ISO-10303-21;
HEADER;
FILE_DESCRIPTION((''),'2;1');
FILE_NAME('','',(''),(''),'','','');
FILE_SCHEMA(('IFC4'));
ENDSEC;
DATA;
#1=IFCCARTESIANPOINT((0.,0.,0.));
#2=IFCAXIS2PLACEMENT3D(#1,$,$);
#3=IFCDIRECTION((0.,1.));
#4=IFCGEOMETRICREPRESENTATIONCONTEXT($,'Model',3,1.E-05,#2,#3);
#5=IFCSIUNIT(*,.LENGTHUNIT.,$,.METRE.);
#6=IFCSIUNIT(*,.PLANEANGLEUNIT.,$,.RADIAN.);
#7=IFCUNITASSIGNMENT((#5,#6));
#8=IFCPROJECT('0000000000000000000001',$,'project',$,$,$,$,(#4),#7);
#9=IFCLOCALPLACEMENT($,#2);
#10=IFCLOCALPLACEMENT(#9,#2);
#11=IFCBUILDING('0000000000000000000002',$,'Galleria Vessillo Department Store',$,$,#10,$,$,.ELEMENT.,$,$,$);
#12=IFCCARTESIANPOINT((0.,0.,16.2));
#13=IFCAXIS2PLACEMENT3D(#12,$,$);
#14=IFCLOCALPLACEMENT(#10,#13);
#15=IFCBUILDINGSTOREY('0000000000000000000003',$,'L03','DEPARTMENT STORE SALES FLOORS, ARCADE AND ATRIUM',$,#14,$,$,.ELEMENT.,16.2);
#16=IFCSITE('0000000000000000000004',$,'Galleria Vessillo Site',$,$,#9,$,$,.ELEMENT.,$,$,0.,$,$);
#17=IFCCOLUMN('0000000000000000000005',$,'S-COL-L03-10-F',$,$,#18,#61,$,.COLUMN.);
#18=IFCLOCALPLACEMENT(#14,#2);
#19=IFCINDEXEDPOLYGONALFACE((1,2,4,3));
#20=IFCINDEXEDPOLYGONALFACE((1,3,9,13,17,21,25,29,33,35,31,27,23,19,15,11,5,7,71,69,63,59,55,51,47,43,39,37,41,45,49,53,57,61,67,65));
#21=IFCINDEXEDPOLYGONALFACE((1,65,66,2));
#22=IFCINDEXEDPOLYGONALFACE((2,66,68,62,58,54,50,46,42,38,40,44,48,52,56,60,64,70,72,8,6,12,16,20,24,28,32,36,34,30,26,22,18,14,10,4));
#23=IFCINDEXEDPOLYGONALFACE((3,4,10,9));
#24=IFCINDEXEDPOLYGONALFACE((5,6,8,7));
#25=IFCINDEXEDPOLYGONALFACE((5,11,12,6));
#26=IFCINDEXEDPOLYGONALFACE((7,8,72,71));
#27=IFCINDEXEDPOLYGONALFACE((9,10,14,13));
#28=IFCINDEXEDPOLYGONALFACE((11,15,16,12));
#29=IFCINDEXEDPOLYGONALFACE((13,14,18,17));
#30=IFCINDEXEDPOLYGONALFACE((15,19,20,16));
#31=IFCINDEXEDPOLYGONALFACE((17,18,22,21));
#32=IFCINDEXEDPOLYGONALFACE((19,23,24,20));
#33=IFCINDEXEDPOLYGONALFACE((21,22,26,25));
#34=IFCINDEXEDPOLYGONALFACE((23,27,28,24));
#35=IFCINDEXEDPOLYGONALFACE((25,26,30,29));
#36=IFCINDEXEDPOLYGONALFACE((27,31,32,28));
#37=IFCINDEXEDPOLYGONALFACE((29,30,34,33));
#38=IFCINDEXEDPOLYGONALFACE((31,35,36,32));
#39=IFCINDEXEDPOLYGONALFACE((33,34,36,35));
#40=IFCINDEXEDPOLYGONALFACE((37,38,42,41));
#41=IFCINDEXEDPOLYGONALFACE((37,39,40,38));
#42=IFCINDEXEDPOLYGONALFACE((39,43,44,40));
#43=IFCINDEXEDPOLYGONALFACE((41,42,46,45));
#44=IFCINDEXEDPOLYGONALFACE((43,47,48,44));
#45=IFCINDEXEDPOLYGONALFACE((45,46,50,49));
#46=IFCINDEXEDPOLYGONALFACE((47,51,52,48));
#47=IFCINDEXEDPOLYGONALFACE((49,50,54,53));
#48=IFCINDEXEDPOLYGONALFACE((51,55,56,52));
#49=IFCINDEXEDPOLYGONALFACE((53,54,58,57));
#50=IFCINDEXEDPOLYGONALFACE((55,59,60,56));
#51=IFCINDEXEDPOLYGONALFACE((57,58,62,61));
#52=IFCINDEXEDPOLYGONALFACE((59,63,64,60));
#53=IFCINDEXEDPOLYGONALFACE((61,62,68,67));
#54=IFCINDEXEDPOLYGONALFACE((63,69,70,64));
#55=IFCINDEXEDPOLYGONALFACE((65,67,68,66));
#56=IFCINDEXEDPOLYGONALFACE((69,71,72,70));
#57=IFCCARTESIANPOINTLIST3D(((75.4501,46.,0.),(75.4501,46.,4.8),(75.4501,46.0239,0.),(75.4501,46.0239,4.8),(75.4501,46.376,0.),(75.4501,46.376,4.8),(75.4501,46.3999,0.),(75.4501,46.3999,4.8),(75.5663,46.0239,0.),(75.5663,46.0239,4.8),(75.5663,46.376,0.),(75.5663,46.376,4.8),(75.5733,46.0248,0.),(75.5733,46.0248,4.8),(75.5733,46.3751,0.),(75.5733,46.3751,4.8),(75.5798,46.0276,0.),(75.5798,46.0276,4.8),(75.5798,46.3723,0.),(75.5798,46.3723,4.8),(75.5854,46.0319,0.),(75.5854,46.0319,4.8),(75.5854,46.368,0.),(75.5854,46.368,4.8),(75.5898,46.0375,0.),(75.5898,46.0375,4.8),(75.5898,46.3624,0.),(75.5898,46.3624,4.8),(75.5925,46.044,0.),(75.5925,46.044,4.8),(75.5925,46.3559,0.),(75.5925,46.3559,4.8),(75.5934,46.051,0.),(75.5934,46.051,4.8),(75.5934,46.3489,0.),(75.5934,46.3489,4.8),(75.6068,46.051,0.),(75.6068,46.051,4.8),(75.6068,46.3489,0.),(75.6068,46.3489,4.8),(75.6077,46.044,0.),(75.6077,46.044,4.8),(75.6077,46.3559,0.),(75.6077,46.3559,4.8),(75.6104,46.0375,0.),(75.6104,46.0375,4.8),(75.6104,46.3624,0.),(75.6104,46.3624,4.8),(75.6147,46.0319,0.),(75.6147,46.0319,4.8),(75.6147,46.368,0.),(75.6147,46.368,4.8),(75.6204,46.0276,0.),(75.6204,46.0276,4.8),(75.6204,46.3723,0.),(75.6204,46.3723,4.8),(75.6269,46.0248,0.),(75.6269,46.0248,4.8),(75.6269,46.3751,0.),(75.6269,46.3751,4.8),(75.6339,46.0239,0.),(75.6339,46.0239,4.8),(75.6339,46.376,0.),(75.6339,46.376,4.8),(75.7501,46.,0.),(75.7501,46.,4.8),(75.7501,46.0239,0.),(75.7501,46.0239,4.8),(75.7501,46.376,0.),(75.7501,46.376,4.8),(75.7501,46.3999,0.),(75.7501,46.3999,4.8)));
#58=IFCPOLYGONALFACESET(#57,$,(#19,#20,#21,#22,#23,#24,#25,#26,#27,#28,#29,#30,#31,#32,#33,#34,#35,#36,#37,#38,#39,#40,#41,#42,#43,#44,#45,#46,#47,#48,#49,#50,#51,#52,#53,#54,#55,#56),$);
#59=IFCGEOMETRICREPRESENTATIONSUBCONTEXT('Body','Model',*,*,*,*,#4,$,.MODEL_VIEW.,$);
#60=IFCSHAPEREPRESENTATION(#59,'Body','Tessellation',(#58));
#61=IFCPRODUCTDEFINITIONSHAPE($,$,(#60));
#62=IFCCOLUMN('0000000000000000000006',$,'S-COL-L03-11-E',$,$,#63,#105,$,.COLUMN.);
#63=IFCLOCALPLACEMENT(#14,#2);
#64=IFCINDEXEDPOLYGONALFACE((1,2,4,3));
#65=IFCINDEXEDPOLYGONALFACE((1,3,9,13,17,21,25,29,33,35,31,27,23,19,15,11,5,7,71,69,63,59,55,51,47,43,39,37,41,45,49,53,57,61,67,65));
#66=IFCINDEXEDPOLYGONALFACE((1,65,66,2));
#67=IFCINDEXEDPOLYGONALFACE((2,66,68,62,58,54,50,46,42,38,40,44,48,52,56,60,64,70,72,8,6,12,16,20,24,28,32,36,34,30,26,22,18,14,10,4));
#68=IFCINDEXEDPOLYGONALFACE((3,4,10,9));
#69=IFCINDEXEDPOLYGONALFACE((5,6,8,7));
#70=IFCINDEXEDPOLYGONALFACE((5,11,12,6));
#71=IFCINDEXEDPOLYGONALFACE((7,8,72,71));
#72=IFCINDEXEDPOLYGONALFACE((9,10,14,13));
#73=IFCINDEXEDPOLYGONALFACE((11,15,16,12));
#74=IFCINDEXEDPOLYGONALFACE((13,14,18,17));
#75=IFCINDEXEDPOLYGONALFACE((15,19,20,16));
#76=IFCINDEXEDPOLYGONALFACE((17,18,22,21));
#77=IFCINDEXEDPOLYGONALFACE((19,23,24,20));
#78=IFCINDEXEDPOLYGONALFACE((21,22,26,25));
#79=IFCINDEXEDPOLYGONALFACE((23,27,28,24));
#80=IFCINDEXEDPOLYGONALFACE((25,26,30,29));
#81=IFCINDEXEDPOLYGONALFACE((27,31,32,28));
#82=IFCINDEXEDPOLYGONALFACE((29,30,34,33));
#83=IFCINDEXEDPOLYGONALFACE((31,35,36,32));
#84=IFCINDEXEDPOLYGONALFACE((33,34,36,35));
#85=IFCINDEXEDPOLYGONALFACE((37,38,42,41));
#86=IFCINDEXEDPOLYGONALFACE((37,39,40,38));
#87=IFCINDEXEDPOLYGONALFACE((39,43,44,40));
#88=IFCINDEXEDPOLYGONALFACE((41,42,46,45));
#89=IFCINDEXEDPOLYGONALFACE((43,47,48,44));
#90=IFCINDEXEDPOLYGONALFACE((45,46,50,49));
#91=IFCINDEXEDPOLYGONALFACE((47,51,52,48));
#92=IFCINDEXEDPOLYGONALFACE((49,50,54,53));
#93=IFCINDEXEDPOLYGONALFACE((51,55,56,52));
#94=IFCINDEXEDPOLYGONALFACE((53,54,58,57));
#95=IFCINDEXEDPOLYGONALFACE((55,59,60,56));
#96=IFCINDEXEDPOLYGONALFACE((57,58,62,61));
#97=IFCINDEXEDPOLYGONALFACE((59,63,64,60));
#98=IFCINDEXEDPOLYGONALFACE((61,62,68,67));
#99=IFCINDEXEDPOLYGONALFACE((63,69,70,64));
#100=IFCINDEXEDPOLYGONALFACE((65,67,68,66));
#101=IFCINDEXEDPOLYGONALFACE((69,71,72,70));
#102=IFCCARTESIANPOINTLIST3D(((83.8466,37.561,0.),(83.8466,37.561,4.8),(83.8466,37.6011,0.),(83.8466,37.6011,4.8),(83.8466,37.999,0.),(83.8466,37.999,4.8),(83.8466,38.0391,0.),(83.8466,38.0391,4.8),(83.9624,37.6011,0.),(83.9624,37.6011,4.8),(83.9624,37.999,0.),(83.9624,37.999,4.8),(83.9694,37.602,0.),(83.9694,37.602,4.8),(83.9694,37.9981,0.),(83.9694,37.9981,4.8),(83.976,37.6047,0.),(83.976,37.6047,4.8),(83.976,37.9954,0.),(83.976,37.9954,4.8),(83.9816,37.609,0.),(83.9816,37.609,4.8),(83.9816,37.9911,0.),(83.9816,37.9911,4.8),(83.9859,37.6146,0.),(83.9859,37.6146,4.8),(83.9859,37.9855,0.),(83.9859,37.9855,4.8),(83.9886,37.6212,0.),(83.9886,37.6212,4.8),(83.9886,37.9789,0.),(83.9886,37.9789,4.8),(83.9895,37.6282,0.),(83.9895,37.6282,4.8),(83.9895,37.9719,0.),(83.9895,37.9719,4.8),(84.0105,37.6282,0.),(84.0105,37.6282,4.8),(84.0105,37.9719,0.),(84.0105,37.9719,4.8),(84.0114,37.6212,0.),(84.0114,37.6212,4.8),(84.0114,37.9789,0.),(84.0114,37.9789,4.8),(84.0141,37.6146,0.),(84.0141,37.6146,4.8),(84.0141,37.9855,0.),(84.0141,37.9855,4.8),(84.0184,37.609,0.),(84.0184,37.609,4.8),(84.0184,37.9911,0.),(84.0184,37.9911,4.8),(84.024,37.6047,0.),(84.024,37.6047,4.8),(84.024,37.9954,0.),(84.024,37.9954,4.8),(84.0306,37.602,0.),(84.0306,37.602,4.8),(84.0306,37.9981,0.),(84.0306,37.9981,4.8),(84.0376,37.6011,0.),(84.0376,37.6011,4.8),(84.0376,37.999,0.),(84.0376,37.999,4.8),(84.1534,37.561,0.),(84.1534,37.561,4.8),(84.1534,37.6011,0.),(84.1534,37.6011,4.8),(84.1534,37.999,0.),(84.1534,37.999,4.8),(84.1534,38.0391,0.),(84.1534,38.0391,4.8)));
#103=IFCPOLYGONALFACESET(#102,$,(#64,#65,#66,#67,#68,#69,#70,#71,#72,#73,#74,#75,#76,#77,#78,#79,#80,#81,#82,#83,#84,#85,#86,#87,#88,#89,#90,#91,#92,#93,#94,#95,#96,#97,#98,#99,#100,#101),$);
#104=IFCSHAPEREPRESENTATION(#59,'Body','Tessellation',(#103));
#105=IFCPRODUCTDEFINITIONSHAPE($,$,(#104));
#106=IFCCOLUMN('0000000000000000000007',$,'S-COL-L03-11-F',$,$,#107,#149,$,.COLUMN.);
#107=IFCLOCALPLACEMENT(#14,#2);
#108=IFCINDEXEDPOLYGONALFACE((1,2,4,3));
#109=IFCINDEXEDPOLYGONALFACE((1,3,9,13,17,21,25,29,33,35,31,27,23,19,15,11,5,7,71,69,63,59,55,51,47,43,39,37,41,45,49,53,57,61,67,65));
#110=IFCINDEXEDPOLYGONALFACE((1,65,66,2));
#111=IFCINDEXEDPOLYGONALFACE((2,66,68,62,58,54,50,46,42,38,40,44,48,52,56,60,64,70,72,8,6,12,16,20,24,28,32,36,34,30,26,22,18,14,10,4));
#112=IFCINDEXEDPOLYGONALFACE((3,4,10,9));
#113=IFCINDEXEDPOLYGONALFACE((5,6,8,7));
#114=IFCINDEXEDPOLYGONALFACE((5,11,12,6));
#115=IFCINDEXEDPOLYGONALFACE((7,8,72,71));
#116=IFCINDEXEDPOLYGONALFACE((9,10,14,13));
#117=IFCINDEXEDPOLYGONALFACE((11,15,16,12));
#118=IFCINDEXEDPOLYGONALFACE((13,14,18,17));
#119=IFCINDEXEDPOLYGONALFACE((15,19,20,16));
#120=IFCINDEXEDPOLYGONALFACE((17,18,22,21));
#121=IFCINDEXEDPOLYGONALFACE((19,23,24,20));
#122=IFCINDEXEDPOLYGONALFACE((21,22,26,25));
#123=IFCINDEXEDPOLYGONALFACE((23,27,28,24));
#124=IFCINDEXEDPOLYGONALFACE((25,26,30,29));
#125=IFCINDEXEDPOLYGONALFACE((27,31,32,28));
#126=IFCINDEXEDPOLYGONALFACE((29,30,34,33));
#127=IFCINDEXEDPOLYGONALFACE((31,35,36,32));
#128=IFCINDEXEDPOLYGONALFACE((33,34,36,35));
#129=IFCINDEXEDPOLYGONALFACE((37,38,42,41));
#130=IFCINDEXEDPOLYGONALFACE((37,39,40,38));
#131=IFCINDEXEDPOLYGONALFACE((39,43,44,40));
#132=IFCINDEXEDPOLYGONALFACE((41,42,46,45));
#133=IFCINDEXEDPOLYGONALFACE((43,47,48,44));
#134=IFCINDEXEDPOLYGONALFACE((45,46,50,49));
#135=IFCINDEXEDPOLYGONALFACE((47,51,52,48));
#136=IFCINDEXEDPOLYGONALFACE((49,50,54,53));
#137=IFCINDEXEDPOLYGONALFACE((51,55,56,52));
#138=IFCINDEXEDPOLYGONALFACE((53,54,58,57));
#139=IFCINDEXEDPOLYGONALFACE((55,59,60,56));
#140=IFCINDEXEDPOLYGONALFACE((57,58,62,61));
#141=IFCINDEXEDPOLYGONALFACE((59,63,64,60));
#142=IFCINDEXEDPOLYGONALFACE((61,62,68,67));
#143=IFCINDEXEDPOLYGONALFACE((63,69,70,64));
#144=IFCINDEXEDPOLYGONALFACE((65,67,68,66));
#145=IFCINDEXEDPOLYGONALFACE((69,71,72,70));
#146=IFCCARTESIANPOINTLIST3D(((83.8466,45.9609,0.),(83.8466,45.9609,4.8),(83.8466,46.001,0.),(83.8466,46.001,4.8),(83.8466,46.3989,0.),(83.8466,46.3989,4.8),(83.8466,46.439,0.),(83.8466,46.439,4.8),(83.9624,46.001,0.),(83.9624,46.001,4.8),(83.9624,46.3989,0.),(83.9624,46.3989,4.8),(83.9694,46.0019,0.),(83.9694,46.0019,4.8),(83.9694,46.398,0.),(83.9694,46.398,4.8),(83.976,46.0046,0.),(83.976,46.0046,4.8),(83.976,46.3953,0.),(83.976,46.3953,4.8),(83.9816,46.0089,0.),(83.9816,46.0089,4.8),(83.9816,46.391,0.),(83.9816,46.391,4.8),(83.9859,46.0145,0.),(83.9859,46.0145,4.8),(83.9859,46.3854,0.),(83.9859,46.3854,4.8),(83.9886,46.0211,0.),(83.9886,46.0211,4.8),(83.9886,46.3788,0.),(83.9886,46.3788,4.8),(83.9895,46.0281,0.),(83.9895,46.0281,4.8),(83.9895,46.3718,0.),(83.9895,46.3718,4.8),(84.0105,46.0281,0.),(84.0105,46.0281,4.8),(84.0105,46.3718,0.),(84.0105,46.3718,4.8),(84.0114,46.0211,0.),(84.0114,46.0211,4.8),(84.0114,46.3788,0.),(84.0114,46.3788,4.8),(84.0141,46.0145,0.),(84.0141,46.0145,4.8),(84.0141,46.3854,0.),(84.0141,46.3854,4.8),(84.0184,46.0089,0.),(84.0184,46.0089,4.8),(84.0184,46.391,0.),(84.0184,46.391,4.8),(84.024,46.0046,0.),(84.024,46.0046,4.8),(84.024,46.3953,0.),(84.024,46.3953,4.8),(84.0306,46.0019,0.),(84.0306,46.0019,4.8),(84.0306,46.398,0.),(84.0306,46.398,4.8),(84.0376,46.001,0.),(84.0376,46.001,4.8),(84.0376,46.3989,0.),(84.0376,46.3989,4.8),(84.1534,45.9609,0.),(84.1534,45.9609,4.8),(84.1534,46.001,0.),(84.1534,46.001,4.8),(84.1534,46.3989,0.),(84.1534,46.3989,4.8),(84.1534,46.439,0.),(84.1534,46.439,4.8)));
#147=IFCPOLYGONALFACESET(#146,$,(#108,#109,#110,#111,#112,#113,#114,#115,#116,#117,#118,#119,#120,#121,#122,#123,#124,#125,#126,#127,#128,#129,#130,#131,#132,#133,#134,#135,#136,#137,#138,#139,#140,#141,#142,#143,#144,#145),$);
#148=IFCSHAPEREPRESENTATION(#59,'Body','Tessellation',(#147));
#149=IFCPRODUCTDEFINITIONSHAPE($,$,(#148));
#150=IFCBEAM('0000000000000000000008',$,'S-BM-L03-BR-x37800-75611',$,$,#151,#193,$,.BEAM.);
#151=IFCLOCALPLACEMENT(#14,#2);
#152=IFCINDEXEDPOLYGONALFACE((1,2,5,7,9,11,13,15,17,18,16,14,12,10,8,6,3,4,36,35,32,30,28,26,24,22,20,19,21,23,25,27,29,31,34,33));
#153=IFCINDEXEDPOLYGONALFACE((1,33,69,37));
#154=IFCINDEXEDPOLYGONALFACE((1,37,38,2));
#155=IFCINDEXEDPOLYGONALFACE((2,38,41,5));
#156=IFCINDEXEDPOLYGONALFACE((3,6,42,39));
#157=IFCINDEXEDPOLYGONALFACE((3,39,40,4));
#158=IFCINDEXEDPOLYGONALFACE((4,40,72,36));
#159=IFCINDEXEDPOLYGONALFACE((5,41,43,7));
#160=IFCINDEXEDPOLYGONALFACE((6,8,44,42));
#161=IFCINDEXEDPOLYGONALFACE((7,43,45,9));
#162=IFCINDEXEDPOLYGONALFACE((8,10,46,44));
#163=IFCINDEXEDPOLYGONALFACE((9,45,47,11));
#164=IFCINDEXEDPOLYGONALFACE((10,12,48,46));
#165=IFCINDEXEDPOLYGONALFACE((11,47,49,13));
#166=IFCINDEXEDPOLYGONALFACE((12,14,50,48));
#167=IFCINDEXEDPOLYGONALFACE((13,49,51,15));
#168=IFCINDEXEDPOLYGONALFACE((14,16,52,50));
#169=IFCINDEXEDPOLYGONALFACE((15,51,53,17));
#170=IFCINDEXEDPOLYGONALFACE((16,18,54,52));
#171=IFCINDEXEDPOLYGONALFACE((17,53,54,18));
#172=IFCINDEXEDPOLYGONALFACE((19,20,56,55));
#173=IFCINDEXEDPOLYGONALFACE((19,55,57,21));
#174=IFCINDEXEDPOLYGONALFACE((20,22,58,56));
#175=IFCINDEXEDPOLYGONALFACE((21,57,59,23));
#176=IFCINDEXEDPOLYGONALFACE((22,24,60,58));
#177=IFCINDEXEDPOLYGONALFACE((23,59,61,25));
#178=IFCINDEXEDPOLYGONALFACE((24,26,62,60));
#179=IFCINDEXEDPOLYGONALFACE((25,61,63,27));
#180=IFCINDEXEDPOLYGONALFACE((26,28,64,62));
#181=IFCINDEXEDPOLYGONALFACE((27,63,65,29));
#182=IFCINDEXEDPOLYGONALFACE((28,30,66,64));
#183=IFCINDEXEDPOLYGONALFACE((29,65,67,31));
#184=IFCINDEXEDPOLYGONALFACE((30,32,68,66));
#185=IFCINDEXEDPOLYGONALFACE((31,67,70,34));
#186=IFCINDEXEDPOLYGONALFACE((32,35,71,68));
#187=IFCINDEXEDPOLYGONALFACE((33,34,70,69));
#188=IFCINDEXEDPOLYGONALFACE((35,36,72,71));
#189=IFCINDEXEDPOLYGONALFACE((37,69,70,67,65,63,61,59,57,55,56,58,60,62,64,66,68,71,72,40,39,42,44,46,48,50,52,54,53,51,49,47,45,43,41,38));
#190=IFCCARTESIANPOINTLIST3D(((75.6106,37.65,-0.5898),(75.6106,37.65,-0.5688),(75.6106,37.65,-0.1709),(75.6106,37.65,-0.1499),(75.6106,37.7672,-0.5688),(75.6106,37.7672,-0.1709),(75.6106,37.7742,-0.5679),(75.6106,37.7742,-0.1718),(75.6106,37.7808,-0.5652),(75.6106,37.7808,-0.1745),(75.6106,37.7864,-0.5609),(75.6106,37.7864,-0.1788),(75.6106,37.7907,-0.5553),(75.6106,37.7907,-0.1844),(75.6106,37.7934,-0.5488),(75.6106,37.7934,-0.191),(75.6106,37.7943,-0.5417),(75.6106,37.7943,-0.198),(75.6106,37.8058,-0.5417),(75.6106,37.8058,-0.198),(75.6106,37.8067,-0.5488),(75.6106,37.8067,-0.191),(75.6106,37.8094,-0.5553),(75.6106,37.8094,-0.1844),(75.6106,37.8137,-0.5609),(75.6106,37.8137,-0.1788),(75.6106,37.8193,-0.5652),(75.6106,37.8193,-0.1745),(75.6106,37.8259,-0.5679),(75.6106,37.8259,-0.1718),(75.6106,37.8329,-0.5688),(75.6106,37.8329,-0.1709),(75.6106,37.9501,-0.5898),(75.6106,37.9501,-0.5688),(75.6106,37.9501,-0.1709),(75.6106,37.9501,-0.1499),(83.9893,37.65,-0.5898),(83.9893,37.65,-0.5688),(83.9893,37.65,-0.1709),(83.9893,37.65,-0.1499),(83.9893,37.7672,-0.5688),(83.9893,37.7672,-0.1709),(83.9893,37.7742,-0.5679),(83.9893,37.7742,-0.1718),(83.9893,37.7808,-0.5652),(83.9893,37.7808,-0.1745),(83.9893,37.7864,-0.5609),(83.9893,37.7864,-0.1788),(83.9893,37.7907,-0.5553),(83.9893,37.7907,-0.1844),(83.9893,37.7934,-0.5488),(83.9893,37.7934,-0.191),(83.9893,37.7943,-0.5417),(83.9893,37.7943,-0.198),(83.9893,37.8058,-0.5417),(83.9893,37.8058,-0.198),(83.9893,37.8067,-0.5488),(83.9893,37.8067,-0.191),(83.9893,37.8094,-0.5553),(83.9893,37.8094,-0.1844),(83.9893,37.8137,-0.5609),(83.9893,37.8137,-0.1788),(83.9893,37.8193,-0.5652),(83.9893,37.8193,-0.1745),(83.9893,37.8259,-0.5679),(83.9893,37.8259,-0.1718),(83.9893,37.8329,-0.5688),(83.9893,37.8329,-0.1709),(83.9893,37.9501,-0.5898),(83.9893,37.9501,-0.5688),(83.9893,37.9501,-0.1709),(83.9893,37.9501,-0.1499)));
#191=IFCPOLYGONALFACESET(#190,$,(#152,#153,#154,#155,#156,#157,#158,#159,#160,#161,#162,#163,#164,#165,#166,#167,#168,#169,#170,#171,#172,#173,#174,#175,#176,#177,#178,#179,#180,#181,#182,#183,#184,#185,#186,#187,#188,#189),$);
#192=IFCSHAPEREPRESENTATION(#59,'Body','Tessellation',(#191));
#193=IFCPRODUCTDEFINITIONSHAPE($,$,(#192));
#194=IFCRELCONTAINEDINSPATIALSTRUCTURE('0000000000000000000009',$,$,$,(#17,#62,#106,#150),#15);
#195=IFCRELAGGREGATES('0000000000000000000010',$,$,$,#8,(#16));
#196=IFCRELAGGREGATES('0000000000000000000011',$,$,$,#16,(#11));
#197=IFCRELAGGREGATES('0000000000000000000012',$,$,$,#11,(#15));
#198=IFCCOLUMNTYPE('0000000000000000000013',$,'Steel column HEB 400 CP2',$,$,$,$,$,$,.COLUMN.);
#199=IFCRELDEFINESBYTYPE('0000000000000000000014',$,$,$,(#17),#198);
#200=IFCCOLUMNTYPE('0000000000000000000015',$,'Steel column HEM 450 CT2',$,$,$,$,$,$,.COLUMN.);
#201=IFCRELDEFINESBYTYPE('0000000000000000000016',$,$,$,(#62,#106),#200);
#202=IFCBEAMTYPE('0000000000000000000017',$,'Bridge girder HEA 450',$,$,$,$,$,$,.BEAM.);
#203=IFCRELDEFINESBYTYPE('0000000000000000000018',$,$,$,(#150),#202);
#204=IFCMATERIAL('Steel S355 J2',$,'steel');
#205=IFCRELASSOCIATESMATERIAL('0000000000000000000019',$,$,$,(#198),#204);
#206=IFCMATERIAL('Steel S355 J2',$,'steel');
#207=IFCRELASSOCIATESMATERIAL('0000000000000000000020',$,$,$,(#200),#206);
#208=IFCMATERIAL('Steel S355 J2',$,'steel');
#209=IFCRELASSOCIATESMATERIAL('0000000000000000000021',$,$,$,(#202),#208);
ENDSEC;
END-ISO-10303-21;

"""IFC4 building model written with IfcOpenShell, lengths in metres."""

from ifc_helpers import new_model, si_unit, direction, frame, origin, origin_2d, place, context, subcontext, project, spatial, i_section, extrude, material, material_profile, profile_set, type_object, element, save


model = new_model("IFC4")

# Units and contexts
model_context = context("Model", 3, precision=1e-05, world=origin(), true_north=direction((0.0, 1.0)))
body_context = subcontext(model_context, "Body", "Model", "MODEL_VIEW")
ifc_project = project(units=[si_unit("LENGTHUNIT", "METRE"), si_unit("PLANEANGLEUNIT", "RADIAN")], contexts=[model_context])

# Site, building, storey
site_placement = place(None, origin())
site = spatial("IfcSite", under=ifc_project, at=site_placement, Name="Galleria Vessillo Site", CompositionType="ELEMENT", RefElevation=0.0)
building_placement = place(site_placement, origin())
building = spatial("IfcBuilding", under=site, at=building_placement, Name="Galleria Vessillo Department Store", CompositionType="ELEMENT")
storey_placement = place(building_placement, frame((0.0, 0.0, 16.2)))
storey = spatial("IfcBuildingStorey", under=building, at=storey_placement, Name="L03", Description="DEPARTMENT STORE SALES FLOORS, ARCADE AND ATRIUM", CompositionType="ELEMENT", Elevation=16.2)

# Columns
ifc_material_1 = material(Name="Steel S355 J2", Category="steel")
ifc_material_profile_1 = material_profile(ifc_material_1, i_section(OverallWidth=0.3, OverallDepth=0.3999, WebThickness=0.0134, FlangeThickness=0.0239, FilletRadius=0.0271, at=origin_2d()), Name="HEB 400")
ifc_profile_set_1 = profile_set([ifc_material_profile_1], Name="Steel S355 J2")
column_type_1 = type_object("IfcColumnType", Name="Steel column HEB 400 CP2", PredefinedType="COLUMN", material=ifc_profile_set_1)
column_placement = place(storey_placement, frame((75.6001, 46.2, 0.0), z_axis=(0.0, 0.0, 1.0), x_axis=(1.0, 0.0, 0.0)))
element("IfcColumn", 1, at=column_placement, inside=storey, type_object=column_type_1, Name="S-COL-L03-10-F", PredefinedType="COLUMN", context=body_context, shape_type="SweptSolid", body=[
    extrude(i_section(OverallWidth=0.3, OverallDepth=0.3999, WebThickness=0.0134, FlangeThickness=0.0239, FilletRadius=0.0271, at=origin_2d()), origin(), (0.0, 0.0, 1.0), 4.8),
])
ifc_material_2 = material(Name="Steel S355 J2", Category="steel")
ifc_material_profile_2 = material_profile(ifc_material_2, i_section(OverallWidth=0.3069, OverallDepth=0.478, WebThickness=0.021, FlangeThickness=0.04, FilletRadius=0.0271, at=origin_2d()), Name="HEM 450")
ifc_profile_set_2 = profile_set([ifc_material_profile_2], Name="Steel S355 J2")
column_type_2 = type_object("IfcColumnType", Name="Steel column HEM 450 CT2", PredefinedType="COLUMN", material=ifc_profile_set_2)
for number, where, z_axis, x_axis, name in (
    (2, (84.0, 37.8, 0.0), (0.0, 0.0, 1.0), (1.0, 0.0, 0.0), "S-COL-L03-11-E"),
    (3, (84.0, 46.2, 0.0), (0.0, 0.0, 1.0), (1.0, 0.0, 0.0), "S-COL-L03-11-F"),
):
    element("IfcColumn", number, at=place(storey_placement, frame(where, z_axis=z_axis, x_axis=x_axis)), inside=storey, type_object=column_type_2, Name=name, PredefinedType="COLUMN", context=body_context, shape_type="SweptSolid", body=[
        extrude(i_section(OverallWidth=0.3069, OverallDepth=0.478, WebThickness=0.021, FlangeThickness=0.04, FilletRadius=0.0271, at=origin_2d()), origin(), (0.0, 0.0, 1.0), 4.8),
    ])

# Beam
ifc_material_3 = material(Name="Steel S355 J2", Category="steel")
ifc_material_profile_3 = material_profile(ifc_material_3, i_section(OverallWidth=0.3, OverallDepth=0.4399, WebThickness=0.0115, FlangeThickness=0.021, FilletRadius=0.0271, at=origin_2d()), Name="HEA 450")
ifc_profile_set_3 = profile_set([ifc_material_profile_3], Name="Steel S355 J2")
beam_type_1 = type_object("IfcBeamType", Name="Bridge girder HEA 450", PredefinedType="BEAM", material=ifc_profile_set_3)
beam_1_placement = place(storey_placement, frame((75.6106, 37.8, -0.3699), z_axis=(1.0, 0.0, 0.0), x_axis=(0.0, 1.0, 0.0)))
element("IfcBeam", 4, at=beam_1_placement, inside=storey, type_object=beam_type_1, Name="S-BM-L03-BR-x37800-75611", PredefinedType="BEAM", context=body_context, shape_type="SweptSolid", body=[
    extrude(i_section(OverallWidth=0.3, OverallDepth=0.4399, WebThickness=0.0115, FlangeThickness=0.021, FilletRadius=0.0271, at=origin_2d()), origin(), (0.0, 0.0, 1.0), 8.3787),
])

save(model, "model.ifc")
